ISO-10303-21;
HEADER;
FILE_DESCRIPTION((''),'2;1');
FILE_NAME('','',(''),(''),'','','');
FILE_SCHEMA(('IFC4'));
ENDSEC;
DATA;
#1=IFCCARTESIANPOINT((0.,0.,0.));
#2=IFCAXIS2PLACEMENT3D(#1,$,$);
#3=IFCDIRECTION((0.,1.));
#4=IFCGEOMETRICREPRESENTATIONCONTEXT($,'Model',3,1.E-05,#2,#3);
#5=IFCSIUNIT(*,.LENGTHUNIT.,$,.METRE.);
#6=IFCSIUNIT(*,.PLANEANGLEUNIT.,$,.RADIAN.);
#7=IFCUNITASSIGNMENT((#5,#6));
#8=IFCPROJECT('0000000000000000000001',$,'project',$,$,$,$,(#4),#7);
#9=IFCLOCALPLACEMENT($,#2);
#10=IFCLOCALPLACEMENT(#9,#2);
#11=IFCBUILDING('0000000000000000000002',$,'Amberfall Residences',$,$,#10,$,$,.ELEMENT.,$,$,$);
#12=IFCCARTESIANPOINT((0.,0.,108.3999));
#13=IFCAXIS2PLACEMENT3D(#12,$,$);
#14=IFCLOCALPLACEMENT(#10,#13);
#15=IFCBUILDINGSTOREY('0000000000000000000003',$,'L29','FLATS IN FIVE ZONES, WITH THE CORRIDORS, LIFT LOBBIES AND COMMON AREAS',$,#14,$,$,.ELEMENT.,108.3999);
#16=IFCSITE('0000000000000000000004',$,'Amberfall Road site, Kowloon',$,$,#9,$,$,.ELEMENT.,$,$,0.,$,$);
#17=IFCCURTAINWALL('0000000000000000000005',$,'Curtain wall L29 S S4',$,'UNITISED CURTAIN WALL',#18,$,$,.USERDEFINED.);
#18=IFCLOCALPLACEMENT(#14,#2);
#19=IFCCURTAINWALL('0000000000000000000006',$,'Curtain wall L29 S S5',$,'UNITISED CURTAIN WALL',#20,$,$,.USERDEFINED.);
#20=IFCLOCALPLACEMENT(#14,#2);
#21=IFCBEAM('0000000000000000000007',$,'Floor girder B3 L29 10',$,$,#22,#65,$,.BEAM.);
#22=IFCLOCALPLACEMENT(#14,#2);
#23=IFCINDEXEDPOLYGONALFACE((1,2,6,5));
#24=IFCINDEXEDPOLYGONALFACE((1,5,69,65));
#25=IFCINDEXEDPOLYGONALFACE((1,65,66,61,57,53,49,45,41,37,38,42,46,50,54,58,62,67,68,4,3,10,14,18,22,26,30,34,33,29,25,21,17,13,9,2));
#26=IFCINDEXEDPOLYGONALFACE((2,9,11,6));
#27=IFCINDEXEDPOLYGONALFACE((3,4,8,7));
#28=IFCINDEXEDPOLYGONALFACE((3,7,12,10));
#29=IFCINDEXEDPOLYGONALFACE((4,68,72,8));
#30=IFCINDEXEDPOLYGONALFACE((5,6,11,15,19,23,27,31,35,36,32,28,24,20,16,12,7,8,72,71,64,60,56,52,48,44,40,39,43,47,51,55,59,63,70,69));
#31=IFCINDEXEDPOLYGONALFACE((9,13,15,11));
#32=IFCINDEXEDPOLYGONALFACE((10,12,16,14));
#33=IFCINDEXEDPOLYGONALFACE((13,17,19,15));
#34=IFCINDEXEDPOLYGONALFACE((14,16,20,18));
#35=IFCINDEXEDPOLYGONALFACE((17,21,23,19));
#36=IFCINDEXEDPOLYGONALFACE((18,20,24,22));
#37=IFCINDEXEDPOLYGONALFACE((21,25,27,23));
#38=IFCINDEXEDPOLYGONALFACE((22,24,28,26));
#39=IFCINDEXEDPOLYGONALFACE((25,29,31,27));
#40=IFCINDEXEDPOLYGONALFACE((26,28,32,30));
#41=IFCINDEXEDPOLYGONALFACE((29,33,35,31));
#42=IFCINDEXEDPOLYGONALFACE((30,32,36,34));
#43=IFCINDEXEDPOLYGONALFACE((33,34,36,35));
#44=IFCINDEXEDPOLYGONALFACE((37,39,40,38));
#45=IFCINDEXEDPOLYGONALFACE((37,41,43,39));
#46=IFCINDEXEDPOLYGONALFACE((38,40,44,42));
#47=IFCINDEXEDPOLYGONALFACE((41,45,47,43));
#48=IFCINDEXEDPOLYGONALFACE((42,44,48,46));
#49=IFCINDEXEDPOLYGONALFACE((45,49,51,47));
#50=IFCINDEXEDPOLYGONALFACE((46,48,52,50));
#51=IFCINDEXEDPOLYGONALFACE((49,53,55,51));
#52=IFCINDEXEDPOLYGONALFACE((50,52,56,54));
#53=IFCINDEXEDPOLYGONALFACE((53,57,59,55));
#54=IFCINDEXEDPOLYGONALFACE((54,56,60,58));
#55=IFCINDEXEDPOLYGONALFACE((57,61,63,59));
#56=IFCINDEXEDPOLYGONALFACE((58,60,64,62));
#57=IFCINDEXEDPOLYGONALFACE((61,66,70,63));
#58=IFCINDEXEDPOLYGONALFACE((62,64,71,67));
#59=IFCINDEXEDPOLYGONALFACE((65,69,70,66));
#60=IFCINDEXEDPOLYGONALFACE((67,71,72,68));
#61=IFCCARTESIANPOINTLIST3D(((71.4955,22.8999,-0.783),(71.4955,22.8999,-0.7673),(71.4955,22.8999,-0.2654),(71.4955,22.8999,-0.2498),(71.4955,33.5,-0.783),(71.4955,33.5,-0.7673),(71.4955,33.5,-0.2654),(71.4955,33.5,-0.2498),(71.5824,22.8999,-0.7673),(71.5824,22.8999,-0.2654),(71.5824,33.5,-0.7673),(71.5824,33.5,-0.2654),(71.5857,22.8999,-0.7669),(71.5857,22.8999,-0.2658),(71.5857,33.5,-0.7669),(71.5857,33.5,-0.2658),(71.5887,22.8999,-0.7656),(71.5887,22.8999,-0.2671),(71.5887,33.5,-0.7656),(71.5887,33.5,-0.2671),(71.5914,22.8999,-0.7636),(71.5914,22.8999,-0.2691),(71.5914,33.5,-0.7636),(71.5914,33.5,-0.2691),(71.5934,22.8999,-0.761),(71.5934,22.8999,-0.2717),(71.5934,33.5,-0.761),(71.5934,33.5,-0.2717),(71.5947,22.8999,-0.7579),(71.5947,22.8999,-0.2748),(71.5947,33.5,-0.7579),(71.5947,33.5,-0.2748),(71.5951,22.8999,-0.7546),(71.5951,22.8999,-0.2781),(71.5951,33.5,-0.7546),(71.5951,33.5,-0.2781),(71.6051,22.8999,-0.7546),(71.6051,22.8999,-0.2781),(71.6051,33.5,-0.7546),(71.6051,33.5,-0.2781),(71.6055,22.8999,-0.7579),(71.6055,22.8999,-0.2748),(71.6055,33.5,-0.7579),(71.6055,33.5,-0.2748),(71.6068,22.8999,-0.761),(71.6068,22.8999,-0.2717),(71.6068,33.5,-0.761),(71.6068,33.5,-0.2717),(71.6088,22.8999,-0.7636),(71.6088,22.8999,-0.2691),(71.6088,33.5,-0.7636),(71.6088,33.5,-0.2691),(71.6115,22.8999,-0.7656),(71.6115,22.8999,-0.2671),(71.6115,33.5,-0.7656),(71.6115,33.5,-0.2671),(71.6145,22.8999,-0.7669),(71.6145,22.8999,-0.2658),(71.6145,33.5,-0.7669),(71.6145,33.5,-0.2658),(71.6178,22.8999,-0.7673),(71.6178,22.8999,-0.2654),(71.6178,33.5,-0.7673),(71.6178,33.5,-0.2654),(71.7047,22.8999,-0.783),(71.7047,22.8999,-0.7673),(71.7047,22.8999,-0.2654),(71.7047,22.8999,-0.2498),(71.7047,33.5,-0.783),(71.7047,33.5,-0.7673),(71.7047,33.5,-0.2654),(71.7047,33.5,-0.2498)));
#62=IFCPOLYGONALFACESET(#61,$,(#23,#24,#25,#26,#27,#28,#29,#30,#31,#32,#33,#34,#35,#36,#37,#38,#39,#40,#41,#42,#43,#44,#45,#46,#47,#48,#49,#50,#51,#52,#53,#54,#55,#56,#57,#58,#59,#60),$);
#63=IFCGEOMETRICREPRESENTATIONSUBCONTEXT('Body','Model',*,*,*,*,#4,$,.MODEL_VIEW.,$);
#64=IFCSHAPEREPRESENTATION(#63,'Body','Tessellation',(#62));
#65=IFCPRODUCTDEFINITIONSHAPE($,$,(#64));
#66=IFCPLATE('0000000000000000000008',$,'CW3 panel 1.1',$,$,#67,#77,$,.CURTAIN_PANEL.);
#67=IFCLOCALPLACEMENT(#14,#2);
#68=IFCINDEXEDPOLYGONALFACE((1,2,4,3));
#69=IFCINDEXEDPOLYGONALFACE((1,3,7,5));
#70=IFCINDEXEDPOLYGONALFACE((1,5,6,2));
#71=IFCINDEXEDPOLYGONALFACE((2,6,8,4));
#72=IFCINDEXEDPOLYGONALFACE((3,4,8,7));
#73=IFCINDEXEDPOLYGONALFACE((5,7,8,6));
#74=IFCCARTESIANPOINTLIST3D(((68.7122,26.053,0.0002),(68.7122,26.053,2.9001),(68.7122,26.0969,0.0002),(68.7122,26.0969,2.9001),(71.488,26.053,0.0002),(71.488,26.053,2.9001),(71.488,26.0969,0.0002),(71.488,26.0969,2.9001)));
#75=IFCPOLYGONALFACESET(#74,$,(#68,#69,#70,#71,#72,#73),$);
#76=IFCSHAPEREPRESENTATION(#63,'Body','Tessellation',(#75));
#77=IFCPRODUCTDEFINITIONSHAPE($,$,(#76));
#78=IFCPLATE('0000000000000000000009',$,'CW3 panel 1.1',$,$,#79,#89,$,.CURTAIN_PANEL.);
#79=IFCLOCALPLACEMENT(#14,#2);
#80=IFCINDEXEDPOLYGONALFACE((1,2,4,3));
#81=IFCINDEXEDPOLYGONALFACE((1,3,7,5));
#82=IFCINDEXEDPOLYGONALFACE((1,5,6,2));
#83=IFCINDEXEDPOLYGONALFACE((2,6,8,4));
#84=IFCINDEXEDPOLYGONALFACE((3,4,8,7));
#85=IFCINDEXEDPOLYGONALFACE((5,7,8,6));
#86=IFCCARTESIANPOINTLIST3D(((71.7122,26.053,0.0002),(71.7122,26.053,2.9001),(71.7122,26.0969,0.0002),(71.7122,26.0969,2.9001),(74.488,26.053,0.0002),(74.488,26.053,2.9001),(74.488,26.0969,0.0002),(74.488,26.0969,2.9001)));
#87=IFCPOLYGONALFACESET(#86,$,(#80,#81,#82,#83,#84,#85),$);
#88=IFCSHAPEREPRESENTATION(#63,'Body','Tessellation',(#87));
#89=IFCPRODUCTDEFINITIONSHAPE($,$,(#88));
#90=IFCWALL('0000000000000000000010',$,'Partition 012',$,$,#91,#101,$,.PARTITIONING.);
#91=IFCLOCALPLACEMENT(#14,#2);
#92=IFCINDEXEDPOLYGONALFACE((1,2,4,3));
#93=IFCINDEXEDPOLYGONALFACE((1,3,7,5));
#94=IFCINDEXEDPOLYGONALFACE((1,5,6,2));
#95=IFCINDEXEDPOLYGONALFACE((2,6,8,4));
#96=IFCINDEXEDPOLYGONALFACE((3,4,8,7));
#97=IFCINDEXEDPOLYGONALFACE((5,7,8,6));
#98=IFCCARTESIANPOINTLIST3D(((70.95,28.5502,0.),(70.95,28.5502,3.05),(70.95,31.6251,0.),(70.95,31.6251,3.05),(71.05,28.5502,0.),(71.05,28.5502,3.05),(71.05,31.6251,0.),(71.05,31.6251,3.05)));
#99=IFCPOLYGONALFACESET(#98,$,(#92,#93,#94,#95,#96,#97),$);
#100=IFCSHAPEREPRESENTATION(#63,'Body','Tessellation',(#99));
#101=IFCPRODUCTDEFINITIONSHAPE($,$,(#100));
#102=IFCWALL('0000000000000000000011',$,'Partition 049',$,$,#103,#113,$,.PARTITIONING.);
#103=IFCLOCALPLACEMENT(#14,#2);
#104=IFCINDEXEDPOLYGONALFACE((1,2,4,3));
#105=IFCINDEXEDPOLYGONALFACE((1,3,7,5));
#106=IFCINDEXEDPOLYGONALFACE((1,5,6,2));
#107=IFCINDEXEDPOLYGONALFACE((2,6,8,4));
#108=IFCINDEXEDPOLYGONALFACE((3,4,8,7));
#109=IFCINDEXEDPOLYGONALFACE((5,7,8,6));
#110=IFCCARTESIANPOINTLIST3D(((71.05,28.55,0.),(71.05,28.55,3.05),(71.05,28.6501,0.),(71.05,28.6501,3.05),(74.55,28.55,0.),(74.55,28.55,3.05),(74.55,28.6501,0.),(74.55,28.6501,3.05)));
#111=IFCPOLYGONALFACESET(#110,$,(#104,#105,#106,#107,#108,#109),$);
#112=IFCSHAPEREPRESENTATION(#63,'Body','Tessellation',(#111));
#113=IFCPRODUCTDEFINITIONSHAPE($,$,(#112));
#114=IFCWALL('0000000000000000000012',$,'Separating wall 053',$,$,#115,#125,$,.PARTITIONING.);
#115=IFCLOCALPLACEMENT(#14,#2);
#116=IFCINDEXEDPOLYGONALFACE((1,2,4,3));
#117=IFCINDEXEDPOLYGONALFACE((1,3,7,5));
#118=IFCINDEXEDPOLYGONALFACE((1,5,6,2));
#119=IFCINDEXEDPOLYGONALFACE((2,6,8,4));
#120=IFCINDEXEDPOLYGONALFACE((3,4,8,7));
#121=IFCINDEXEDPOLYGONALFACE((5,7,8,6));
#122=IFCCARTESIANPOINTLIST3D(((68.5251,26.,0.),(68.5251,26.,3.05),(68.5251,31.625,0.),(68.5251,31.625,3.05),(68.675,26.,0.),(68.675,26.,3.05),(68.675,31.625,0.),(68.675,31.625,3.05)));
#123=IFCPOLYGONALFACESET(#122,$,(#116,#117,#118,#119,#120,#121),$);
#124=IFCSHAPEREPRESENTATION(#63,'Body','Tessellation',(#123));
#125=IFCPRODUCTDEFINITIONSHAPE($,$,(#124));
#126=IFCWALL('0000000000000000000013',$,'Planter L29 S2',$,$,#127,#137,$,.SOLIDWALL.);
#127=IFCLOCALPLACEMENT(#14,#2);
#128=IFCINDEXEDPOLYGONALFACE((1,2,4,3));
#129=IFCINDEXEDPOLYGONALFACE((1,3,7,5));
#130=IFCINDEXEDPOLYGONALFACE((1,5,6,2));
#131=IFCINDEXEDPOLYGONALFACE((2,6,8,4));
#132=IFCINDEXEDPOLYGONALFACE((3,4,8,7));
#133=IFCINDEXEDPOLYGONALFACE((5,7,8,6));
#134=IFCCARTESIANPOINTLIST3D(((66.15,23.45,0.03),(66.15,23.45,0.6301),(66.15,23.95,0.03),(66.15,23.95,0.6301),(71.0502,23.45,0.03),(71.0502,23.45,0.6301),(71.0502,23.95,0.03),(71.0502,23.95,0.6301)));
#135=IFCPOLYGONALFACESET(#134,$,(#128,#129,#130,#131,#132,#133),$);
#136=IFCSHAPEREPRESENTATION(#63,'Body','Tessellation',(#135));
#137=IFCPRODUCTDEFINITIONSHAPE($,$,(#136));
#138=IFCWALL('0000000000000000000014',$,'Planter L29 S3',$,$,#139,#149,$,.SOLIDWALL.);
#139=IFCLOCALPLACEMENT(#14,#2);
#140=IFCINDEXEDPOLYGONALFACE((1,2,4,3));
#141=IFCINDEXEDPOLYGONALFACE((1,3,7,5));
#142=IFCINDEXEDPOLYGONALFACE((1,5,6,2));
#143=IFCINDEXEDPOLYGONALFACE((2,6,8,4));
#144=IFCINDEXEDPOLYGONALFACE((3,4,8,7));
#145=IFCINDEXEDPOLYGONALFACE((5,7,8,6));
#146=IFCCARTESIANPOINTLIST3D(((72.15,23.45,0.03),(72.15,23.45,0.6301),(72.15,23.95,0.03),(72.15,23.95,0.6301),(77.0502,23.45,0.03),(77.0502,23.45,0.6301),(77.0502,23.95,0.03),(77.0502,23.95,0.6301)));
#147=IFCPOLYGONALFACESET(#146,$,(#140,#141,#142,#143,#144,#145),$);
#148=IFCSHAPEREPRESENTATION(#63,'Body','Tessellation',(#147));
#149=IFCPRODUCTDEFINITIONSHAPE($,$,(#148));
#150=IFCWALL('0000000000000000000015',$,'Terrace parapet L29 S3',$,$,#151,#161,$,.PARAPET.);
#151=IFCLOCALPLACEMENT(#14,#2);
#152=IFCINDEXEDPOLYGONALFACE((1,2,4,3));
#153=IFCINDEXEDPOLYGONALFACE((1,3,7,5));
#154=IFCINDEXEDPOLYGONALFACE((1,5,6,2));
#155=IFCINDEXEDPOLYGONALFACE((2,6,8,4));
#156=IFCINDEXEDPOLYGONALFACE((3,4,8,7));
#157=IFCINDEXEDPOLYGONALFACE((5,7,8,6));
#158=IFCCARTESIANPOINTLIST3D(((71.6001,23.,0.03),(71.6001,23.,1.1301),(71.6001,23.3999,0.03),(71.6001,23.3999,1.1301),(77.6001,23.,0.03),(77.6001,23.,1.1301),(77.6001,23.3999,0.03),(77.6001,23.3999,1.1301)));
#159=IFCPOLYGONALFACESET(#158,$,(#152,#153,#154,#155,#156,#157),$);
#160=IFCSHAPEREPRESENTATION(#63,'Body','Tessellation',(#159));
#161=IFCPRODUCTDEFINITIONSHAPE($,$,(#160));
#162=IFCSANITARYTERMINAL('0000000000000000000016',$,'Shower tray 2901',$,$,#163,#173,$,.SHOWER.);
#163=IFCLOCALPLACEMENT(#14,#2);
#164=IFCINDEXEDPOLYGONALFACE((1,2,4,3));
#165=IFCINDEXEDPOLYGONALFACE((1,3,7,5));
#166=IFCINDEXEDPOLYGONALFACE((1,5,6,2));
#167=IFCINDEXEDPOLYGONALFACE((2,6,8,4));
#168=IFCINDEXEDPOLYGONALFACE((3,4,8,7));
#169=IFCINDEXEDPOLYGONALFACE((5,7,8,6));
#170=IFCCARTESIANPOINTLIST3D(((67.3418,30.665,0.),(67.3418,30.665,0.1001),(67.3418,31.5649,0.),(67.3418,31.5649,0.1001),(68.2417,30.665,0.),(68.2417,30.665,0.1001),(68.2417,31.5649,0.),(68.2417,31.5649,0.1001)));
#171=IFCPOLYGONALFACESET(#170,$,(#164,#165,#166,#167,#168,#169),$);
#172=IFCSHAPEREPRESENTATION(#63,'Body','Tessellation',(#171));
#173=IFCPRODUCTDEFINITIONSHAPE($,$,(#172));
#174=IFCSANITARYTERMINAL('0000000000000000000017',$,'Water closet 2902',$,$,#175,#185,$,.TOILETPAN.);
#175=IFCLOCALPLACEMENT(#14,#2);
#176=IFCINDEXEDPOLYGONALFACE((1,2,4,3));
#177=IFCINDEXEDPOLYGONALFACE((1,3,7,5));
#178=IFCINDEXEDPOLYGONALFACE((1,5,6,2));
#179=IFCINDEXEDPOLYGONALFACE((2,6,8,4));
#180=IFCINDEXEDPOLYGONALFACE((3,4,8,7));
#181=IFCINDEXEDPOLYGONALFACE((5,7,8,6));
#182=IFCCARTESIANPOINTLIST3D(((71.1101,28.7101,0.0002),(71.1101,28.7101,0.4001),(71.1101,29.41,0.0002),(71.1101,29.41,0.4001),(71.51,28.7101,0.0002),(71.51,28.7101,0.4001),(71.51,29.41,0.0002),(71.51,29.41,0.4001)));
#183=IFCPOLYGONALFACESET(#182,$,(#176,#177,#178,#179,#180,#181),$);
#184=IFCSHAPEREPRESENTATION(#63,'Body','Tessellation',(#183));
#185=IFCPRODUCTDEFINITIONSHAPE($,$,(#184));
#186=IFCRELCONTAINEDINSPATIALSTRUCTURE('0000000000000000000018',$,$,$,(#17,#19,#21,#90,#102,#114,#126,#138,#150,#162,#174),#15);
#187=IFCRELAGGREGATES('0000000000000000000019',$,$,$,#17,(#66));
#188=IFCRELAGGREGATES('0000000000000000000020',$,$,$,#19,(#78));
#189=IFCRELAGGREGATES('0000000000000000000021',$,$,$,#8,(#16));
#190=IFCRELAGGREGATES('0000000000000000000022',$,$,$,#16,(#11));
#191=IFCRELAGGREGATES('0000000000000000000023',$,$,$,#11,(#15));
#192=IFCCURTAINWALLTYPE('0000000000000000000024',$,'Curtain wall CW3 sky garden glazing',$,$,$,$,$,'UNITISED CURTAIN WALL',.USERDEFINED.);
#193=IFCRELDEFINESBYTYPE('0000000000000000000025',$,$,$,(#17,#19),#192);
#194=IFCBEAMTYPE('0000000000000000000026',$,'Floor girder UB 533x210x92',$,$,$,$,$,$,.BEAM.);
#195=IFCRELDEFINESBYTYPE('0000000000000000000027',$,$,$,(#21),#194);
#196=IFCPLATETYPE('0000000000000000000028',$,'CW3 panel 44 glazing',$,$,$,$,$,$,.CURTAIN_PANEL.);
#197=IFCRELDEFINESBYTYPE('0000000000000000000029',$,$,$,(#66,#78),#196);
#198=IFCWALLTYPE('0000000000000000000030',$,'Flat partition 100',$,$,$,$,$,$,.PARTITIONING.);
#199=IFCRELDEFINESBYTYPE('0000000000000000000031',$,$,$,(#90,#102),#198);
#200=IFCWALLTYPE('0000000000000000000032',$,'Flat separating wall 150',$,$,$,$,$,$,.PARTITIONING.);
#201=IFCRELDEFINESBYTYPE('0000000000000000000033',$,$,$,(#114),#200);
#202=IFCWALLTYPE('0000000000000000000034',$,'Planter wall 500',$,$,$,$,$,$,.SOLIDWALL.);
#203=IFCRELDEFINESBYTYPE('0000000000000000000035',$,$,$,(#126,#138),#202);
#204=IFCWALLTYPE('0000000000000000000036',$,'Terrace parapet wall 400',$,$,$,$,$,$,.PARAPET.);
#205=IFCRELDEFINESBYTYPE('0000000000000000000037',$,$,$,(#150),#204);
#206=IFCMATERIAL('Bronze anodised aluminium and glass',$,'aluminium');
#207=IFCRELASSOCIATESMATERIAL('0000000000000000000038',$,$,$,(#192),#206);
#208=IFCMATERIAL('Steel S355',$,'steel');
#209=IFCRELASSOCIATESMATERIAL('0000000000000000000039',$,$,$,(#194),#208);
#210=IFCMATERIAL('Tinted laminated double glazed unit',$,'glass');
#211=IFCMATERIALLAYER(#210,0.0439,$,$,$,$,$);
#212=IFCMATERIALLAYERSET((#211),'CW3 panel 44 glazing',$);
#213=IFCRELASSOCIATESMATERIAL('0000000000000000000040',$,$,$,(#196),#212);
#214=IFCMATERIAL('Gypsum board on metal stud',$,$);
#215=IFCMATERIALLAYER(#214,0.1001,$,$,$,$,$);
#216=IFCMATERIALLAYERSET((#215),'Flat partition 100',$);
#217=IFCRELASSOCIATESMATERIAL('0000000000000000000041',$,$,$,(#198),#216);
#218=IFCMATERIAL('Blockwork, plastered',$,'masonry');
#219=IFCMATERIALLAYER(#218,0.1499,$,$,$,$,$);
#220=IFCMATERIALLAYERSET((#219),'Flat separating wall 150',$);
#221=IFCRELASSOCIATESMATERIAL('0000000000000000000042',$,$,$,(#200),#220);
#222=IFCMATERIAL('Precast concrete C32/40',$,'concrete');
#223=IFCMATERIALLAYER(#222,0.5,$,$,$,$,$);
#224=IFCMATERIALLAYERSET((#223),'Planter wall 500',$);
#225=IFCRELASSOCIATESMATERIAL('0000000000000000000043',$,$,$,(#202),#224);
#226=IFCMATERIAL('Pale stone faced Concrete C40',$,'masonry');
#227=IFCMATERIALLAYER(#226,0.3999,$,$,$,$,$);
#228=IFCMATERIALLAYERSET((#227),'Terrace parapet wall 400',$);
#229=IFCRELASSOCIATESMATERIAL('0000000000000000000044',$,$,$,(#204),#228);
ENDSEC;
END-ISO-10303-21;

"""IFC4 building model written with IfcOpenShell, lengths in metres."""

from ifc_helpers import new_model, si_unit, direction, frame, frame_2d, origin, origin_2d, place, context, subcontext, project, spatial, rectangle, i_section, extrude, material, layer, layer_set, material_profile, profile_set, type_object, element, aggregate, save


model = new_model("IFC4")

# Units and contexts
model_context = context("Model", 3, precision=1e-05, world=origin(), true_north=direction((0.0, 1.0)))
body_context = subcontext(model_context, "Body", "Model", "MODEL_VIEW")
ifc_project = project(units=[si_unit("LENGTHUNIT", "METRE"), si_unit("PLANEANGLEUNIT", "RADIAN")], contexts=[model_context])

# Site, building, storey
site_placement = place(None, origin())
site = spatial("IfcSite", under=ifc_project, at=site_placement, Name="Amberfall Road site, Kowloon", CompositionType="ELEMENT", RefElevation=0.0)
building_placement = place(site_placement, origin())
building = spatial("IfcBuilding", under=site, at=building_placement, Name="Amberfall Residences", CompositionType="ELEMENT")
storey_placement = place(building_placement, frame((0.0, 0.0, 108.3999)))
storey = spatial("IfcBuildingStorey", under=building, at=storey_placement, Name="L29", Description="FLATS IN FIVE ZONES, WITH THE CORRIDORS, LIFT LOBBIES AND COMMON AREAS", CompositionType="ELEMENT", Elevation=108.3999)

# Curtain wall
ifc_material_1 = material(Name="Bronze anodised aluminium and glass", Category="aluminium")
curtain_wall_type = type_object("IfcCurtainWallType", Name="Curtain wall CW3 sky garden glazing", ElementType="UNITISED CURTAIN WALL", PredefinedType="USERDEFINED", material=ifc_material_1)
curtain_wall_1_placement = place(storey_placement, origin())
curtain_wall_1 = element("IfcCurtainWall", 1, at=curtain_wall_1_placement, inside=storey, type_object=curtain_wall_type, Name="Curtain wall L29 S S4", ObjectType="UNITISED CURTAIN WALL", PredefinedType="USERDEFINED")

# Curtain wall
curtain_wall_2_placement = place(storey_placement, origin())
curtain_wall_2 = element("IfcCurtainWall", 2, at=curtain_wall_2_placement, inside=storey, type_object=curtain_wall_type, Name="Curtain wall L29 S S5", ObjectType="UNITISED CURTAIN WALL", PredefinedType="USERDEFINED")

# Beam
ifc_material_2 = material(Name="Steel S355", Category="steel")
ifc_material_profile_1 = material_profile(ifc_material_2, i_section(OverallWidth=0.2092, OverallDepth=0.5332, WebThickness=0.01, FlangeThickness=0.0156, FilletRadius=0.0127, at=origin_2d()), Name="UB 533x210x92")
ifc_profile_set_1 = profile_set([ifc_material_profile_1], Name="Steel S355")
beam_type_1 = type_object("IfcBeamType", Name="Floor girder UB 533x210x92", PredefinedType="BEAM", material=ifc_profile_set_1)
beam_placement = place(storey_placement, frame((71.6001, 22.8999, -0.5164), z_axis=(0.0, 1.0, 0.0), x_axis=(-1.0, 0.0, 0.0)))
element("IfcBeam", 3, at=beam_placement, inside=storey, type_object=beam_type_1, Name="Floor girder B3 L29 10", PredefinedType="BEAM", context=body_context, shape_type="SweptSolid", body=[
    extrude(i_section(OverallWidth=0.2092, OverallDepth=0.5332, WebThickness=0.01, FlangeThickness=0.0156, FilletRadius=0.0127, at=origin_2d()), origin(), (0.0, 0.0, 1.0), 10.6001),
])

# Plates
ifc_material_3 = material(Name="Tinted laminated double glazed unit", Category="glass")
ifc_layer_1 = layer(ifc_material_3, 0.0439)
ifc_layer_set_1 = layer_set([ifc_layer_1], Name="CW3 panel 44 glazing")
plate_type = type_object("IfcPlateType", Name="CW3 panel 44 glazing", PredefinedType="CURTAIN_PANEL", material=ifc_layer_set_1)
plate_1_placement = place(storey_placement, frame((70.1001, 26.075, 0.0002), z_axis=(0.0, 0.0, 1.0), x_axis=(1.0, 0.0, 0.0)))
plate_1 = element("IfcPlate", 4, at=plate_1_placement, type_object=plate_type, Name="CW3 panel 1.1", PredefinedType="CURTAIN_PANEL", context=body_context, shape_type="SweptSolid", body=[
    extrude(rectangle(XDim=2.7759, YDim=0.0439, at=origin_2d()), origin(), (0.0, 0.0, 1.0), 2.8999),
])
aggregate(curtain_wall_1, [plate_1])
plate_2_placement = place(storey_placement, frame((73.1001, 26.075, 0.0002), z_axis=(0.0, 0.0, 1.0), x_axis=(1.0, 0.0, 0.0)))
plate_2 = element("IfcPlate", 5, at=plate_2_placement, type_object=plate_type, Name="CW3 panel 1.1", PredefinedType="CURTAIN_PANEL", context=body_context, shape_type="SweptSolid", body=[
    extrude(rectangle(XDim=2.7759, YDim=0.0439, at=origin_2d()), origin(), (0.0, 0.0, 1.0), 2.8999),
])
aggregate(curtain_wall_2, [plate_2])

# Walls
ifc_material_4 = material(Name="Gypsum board on metal stud")
ifc_layer_2 = layer(ifc_material_4, 0.1001)
ifc_layer_set_2 = layer_set([ifc_layer_2], Name="Flat partition 100")
wall_type_1 = type_object("IfcWallType", Name="Flat partition 100", PredefinedType="PARTITIONING", material=ifc_layer_set_2)
wall_1_placement = place(storey_placement, frame((71.0, 28.55, 0.0), z_axis=(0.0, 0.0, 1.0), x_axis=(0.0, 1.0, 0.0)))
element("IfcWall", 6, at=wall_1_placement, inside=storey, type_object=wall_type_1, Name="Partition 012", PredefinedType="PARTITIONING", context=body_context, shape_type="SweptSolid", body=[
    extrude(rectangle(XDim=3.075, YDim=0.1001, at=frame_2d((1.5376, 0.0))), origin(), (0.0, 0.0, 1.0), 3.05),
])
wall_2_placement = place(storey_placement, frame((71.05, 28.6001, 0.0), z_axis=(0.0, 0.0, 1.0), x_axis=(1.0, 0.0, 0.0)))
element("IfcWall", 7, at=wall_2_placement, inside=storey, type_object=wall_type_1, Name="Partition 049", PredefinedType="PARTITIONING", context=body_context, shape_type="SweptSolid", body=[
    extrude(rectangle(XDim=3.5, YDim=0.1001, at=frame_2d((1.75, 0.0))), origin(), (0.0, 0.0, 1.0), 3.05),
])
ifc_material_5 = material(Name="Blockwork, plastered", Category="masonry")
ifc_layer_3 = layer(ifc_material_5, 0.1499)
ifc_layer_set_3 = layer_set([ifc_layer_3], Name="Flat separating wall 150")
wall_type_2 = type_object("IfcWallType", Name="Flat separating wall 150", PredefinedType="PARTITIONING", material=ifc_layer_set_3)
wall_3_placement = place(storey_placement, frame((68.6001, 26.0, 0.0), z_axis=(0.0, 0.0, 1.0), x_axis=(0.0, 1.0, 0.0)))
element("IfcWall", 8, at=wall_3_placement, inside=storey, type_object=wall_type_2, Name="Separating wall 053", PredefinedType="PARTITIONING", context=body_context, shape_type="SweptSolid", body=[
    extrude(rectangle(XDim=5.625, YDim=0.1499, at=frame_2d((2.8125, 0.0))), origin(), (0.0, 0.0, 1.0), 3.05),
])
ifc_material_6 = material(Name="Precast concrete C32/40", Category="concrete")
ifc_layer_4 = layer(ifc_material_6, 0.5)
ifc_layer_set_4 = layer_set([ifc_layer_4], Name="Planter wall 500")
wall_type_3 = type_object("IfcWallType", Name="Planter wall 500", PredefinedType="SOLIDWALL", material=ifc_layer_set_4)
for number, where, z_axis, x_axis, name in (
    (9, (66.1499, 23.7, 0.03), (0.0, 0.0, 1.0), (1.0, 0.0, 0.0), "Planter L29 S2"),
    (10, (72.1499, 23.7, 0.03), (0.0, 0.0, 1.0), (1.0, 0.0, 0.0), "Planter L29 S3"),
):
    element("IfcWall", number, at=place(storey_placement, frame(where, z_axis=z_axis, x_axis=x_axis)), inside=storey, type_object=wall_type_3, Name=name, PredefinedType="SOLIDWALL", context=body_context, shape_type="SweptSolid", body=[
        extrude(rectangle(XDim=4.9001, YDim=0.5, at=frame_2d((2.4502, 0.0))), origin(), (0.0, 0.0, 1.0), 0.6001),
    ])
ifc_material_7 = material(Name="Pale stone faced Concrete C40", Category="masonry")
ifc_layer_5 = layer(ifc_material_7, 0.3999)
ifc_layer_set_5 = layer_set([ifc_layer_5], Name="Terrace parapet wall 400")
wall_type_4 = type_object("IfcWallType", Name="Terrace parapet wall 400", PredefinedType="PARAPET", material=ifc_layer_set_5)
wall_4_placement = place(storey_placement, frame((71.6001, 23.2, 0.03), z_axis=(0.0, 0.0, 1.0), x_axis=(1.0, 0.0, 0.0)))
element("IfcWall", 11, at=wall_4_placement, inside=storey, type_object=wall_type_4, Name="Terrace parapet L29 S3", PredefinedType="PARAPET", context=body_context, shape_type="SweptSolid", body=[
    extrude(rectangle(XDim=6.0, YDim=0.3999, at=frame_2d((3.0, 0.0))), origin(), (0.0, 0.0, 1.0), 1.1001),
])

# Sanitary terminals
sanitary_terminal_1_placement = place(storey_placement, frame((67.7917, 31.115, 0.0), z_axis=(0.0, 0.0, 1.0), x_axis=(1.0, 0.0, 0.0)))
element("IfcSanitaryTerminal", 12, at=sanitary_terminal_1_placement, inside=storey, Name="Shower tray 2901", PredefinedType="SHOWER", context=body_context, shape_type="SweptSolid", body=[
    extrude(rectangle(XDim=0.8999, YDim=0.8999, at=origin_2d()), origin(), (0.0, 0.0, 1.0), 0.1001),
])
sanitary_terminal_2_placement = place(storey_placement, frame((71.3101, 29.0601, 0.0002), z_axis=(0.0, 0.0, 1.0), x_axis=(1.0, 0.0, 0.0)))
element("IfcSanitaryTerminal", 13, at=sanitary_terminal_2_placement, inside=storey, Name="Water closet 2902", PredefinedType="TOILETPAN", context=body_context, shape_type="SweptSolid", body=[
    extrude(rectangle(XDim=0.3999, YDim=0.7, at=origin_2d()), origin(), (0.0, 0.0, 1.0), 0.3999),
])

save(model, "model.ifc")
